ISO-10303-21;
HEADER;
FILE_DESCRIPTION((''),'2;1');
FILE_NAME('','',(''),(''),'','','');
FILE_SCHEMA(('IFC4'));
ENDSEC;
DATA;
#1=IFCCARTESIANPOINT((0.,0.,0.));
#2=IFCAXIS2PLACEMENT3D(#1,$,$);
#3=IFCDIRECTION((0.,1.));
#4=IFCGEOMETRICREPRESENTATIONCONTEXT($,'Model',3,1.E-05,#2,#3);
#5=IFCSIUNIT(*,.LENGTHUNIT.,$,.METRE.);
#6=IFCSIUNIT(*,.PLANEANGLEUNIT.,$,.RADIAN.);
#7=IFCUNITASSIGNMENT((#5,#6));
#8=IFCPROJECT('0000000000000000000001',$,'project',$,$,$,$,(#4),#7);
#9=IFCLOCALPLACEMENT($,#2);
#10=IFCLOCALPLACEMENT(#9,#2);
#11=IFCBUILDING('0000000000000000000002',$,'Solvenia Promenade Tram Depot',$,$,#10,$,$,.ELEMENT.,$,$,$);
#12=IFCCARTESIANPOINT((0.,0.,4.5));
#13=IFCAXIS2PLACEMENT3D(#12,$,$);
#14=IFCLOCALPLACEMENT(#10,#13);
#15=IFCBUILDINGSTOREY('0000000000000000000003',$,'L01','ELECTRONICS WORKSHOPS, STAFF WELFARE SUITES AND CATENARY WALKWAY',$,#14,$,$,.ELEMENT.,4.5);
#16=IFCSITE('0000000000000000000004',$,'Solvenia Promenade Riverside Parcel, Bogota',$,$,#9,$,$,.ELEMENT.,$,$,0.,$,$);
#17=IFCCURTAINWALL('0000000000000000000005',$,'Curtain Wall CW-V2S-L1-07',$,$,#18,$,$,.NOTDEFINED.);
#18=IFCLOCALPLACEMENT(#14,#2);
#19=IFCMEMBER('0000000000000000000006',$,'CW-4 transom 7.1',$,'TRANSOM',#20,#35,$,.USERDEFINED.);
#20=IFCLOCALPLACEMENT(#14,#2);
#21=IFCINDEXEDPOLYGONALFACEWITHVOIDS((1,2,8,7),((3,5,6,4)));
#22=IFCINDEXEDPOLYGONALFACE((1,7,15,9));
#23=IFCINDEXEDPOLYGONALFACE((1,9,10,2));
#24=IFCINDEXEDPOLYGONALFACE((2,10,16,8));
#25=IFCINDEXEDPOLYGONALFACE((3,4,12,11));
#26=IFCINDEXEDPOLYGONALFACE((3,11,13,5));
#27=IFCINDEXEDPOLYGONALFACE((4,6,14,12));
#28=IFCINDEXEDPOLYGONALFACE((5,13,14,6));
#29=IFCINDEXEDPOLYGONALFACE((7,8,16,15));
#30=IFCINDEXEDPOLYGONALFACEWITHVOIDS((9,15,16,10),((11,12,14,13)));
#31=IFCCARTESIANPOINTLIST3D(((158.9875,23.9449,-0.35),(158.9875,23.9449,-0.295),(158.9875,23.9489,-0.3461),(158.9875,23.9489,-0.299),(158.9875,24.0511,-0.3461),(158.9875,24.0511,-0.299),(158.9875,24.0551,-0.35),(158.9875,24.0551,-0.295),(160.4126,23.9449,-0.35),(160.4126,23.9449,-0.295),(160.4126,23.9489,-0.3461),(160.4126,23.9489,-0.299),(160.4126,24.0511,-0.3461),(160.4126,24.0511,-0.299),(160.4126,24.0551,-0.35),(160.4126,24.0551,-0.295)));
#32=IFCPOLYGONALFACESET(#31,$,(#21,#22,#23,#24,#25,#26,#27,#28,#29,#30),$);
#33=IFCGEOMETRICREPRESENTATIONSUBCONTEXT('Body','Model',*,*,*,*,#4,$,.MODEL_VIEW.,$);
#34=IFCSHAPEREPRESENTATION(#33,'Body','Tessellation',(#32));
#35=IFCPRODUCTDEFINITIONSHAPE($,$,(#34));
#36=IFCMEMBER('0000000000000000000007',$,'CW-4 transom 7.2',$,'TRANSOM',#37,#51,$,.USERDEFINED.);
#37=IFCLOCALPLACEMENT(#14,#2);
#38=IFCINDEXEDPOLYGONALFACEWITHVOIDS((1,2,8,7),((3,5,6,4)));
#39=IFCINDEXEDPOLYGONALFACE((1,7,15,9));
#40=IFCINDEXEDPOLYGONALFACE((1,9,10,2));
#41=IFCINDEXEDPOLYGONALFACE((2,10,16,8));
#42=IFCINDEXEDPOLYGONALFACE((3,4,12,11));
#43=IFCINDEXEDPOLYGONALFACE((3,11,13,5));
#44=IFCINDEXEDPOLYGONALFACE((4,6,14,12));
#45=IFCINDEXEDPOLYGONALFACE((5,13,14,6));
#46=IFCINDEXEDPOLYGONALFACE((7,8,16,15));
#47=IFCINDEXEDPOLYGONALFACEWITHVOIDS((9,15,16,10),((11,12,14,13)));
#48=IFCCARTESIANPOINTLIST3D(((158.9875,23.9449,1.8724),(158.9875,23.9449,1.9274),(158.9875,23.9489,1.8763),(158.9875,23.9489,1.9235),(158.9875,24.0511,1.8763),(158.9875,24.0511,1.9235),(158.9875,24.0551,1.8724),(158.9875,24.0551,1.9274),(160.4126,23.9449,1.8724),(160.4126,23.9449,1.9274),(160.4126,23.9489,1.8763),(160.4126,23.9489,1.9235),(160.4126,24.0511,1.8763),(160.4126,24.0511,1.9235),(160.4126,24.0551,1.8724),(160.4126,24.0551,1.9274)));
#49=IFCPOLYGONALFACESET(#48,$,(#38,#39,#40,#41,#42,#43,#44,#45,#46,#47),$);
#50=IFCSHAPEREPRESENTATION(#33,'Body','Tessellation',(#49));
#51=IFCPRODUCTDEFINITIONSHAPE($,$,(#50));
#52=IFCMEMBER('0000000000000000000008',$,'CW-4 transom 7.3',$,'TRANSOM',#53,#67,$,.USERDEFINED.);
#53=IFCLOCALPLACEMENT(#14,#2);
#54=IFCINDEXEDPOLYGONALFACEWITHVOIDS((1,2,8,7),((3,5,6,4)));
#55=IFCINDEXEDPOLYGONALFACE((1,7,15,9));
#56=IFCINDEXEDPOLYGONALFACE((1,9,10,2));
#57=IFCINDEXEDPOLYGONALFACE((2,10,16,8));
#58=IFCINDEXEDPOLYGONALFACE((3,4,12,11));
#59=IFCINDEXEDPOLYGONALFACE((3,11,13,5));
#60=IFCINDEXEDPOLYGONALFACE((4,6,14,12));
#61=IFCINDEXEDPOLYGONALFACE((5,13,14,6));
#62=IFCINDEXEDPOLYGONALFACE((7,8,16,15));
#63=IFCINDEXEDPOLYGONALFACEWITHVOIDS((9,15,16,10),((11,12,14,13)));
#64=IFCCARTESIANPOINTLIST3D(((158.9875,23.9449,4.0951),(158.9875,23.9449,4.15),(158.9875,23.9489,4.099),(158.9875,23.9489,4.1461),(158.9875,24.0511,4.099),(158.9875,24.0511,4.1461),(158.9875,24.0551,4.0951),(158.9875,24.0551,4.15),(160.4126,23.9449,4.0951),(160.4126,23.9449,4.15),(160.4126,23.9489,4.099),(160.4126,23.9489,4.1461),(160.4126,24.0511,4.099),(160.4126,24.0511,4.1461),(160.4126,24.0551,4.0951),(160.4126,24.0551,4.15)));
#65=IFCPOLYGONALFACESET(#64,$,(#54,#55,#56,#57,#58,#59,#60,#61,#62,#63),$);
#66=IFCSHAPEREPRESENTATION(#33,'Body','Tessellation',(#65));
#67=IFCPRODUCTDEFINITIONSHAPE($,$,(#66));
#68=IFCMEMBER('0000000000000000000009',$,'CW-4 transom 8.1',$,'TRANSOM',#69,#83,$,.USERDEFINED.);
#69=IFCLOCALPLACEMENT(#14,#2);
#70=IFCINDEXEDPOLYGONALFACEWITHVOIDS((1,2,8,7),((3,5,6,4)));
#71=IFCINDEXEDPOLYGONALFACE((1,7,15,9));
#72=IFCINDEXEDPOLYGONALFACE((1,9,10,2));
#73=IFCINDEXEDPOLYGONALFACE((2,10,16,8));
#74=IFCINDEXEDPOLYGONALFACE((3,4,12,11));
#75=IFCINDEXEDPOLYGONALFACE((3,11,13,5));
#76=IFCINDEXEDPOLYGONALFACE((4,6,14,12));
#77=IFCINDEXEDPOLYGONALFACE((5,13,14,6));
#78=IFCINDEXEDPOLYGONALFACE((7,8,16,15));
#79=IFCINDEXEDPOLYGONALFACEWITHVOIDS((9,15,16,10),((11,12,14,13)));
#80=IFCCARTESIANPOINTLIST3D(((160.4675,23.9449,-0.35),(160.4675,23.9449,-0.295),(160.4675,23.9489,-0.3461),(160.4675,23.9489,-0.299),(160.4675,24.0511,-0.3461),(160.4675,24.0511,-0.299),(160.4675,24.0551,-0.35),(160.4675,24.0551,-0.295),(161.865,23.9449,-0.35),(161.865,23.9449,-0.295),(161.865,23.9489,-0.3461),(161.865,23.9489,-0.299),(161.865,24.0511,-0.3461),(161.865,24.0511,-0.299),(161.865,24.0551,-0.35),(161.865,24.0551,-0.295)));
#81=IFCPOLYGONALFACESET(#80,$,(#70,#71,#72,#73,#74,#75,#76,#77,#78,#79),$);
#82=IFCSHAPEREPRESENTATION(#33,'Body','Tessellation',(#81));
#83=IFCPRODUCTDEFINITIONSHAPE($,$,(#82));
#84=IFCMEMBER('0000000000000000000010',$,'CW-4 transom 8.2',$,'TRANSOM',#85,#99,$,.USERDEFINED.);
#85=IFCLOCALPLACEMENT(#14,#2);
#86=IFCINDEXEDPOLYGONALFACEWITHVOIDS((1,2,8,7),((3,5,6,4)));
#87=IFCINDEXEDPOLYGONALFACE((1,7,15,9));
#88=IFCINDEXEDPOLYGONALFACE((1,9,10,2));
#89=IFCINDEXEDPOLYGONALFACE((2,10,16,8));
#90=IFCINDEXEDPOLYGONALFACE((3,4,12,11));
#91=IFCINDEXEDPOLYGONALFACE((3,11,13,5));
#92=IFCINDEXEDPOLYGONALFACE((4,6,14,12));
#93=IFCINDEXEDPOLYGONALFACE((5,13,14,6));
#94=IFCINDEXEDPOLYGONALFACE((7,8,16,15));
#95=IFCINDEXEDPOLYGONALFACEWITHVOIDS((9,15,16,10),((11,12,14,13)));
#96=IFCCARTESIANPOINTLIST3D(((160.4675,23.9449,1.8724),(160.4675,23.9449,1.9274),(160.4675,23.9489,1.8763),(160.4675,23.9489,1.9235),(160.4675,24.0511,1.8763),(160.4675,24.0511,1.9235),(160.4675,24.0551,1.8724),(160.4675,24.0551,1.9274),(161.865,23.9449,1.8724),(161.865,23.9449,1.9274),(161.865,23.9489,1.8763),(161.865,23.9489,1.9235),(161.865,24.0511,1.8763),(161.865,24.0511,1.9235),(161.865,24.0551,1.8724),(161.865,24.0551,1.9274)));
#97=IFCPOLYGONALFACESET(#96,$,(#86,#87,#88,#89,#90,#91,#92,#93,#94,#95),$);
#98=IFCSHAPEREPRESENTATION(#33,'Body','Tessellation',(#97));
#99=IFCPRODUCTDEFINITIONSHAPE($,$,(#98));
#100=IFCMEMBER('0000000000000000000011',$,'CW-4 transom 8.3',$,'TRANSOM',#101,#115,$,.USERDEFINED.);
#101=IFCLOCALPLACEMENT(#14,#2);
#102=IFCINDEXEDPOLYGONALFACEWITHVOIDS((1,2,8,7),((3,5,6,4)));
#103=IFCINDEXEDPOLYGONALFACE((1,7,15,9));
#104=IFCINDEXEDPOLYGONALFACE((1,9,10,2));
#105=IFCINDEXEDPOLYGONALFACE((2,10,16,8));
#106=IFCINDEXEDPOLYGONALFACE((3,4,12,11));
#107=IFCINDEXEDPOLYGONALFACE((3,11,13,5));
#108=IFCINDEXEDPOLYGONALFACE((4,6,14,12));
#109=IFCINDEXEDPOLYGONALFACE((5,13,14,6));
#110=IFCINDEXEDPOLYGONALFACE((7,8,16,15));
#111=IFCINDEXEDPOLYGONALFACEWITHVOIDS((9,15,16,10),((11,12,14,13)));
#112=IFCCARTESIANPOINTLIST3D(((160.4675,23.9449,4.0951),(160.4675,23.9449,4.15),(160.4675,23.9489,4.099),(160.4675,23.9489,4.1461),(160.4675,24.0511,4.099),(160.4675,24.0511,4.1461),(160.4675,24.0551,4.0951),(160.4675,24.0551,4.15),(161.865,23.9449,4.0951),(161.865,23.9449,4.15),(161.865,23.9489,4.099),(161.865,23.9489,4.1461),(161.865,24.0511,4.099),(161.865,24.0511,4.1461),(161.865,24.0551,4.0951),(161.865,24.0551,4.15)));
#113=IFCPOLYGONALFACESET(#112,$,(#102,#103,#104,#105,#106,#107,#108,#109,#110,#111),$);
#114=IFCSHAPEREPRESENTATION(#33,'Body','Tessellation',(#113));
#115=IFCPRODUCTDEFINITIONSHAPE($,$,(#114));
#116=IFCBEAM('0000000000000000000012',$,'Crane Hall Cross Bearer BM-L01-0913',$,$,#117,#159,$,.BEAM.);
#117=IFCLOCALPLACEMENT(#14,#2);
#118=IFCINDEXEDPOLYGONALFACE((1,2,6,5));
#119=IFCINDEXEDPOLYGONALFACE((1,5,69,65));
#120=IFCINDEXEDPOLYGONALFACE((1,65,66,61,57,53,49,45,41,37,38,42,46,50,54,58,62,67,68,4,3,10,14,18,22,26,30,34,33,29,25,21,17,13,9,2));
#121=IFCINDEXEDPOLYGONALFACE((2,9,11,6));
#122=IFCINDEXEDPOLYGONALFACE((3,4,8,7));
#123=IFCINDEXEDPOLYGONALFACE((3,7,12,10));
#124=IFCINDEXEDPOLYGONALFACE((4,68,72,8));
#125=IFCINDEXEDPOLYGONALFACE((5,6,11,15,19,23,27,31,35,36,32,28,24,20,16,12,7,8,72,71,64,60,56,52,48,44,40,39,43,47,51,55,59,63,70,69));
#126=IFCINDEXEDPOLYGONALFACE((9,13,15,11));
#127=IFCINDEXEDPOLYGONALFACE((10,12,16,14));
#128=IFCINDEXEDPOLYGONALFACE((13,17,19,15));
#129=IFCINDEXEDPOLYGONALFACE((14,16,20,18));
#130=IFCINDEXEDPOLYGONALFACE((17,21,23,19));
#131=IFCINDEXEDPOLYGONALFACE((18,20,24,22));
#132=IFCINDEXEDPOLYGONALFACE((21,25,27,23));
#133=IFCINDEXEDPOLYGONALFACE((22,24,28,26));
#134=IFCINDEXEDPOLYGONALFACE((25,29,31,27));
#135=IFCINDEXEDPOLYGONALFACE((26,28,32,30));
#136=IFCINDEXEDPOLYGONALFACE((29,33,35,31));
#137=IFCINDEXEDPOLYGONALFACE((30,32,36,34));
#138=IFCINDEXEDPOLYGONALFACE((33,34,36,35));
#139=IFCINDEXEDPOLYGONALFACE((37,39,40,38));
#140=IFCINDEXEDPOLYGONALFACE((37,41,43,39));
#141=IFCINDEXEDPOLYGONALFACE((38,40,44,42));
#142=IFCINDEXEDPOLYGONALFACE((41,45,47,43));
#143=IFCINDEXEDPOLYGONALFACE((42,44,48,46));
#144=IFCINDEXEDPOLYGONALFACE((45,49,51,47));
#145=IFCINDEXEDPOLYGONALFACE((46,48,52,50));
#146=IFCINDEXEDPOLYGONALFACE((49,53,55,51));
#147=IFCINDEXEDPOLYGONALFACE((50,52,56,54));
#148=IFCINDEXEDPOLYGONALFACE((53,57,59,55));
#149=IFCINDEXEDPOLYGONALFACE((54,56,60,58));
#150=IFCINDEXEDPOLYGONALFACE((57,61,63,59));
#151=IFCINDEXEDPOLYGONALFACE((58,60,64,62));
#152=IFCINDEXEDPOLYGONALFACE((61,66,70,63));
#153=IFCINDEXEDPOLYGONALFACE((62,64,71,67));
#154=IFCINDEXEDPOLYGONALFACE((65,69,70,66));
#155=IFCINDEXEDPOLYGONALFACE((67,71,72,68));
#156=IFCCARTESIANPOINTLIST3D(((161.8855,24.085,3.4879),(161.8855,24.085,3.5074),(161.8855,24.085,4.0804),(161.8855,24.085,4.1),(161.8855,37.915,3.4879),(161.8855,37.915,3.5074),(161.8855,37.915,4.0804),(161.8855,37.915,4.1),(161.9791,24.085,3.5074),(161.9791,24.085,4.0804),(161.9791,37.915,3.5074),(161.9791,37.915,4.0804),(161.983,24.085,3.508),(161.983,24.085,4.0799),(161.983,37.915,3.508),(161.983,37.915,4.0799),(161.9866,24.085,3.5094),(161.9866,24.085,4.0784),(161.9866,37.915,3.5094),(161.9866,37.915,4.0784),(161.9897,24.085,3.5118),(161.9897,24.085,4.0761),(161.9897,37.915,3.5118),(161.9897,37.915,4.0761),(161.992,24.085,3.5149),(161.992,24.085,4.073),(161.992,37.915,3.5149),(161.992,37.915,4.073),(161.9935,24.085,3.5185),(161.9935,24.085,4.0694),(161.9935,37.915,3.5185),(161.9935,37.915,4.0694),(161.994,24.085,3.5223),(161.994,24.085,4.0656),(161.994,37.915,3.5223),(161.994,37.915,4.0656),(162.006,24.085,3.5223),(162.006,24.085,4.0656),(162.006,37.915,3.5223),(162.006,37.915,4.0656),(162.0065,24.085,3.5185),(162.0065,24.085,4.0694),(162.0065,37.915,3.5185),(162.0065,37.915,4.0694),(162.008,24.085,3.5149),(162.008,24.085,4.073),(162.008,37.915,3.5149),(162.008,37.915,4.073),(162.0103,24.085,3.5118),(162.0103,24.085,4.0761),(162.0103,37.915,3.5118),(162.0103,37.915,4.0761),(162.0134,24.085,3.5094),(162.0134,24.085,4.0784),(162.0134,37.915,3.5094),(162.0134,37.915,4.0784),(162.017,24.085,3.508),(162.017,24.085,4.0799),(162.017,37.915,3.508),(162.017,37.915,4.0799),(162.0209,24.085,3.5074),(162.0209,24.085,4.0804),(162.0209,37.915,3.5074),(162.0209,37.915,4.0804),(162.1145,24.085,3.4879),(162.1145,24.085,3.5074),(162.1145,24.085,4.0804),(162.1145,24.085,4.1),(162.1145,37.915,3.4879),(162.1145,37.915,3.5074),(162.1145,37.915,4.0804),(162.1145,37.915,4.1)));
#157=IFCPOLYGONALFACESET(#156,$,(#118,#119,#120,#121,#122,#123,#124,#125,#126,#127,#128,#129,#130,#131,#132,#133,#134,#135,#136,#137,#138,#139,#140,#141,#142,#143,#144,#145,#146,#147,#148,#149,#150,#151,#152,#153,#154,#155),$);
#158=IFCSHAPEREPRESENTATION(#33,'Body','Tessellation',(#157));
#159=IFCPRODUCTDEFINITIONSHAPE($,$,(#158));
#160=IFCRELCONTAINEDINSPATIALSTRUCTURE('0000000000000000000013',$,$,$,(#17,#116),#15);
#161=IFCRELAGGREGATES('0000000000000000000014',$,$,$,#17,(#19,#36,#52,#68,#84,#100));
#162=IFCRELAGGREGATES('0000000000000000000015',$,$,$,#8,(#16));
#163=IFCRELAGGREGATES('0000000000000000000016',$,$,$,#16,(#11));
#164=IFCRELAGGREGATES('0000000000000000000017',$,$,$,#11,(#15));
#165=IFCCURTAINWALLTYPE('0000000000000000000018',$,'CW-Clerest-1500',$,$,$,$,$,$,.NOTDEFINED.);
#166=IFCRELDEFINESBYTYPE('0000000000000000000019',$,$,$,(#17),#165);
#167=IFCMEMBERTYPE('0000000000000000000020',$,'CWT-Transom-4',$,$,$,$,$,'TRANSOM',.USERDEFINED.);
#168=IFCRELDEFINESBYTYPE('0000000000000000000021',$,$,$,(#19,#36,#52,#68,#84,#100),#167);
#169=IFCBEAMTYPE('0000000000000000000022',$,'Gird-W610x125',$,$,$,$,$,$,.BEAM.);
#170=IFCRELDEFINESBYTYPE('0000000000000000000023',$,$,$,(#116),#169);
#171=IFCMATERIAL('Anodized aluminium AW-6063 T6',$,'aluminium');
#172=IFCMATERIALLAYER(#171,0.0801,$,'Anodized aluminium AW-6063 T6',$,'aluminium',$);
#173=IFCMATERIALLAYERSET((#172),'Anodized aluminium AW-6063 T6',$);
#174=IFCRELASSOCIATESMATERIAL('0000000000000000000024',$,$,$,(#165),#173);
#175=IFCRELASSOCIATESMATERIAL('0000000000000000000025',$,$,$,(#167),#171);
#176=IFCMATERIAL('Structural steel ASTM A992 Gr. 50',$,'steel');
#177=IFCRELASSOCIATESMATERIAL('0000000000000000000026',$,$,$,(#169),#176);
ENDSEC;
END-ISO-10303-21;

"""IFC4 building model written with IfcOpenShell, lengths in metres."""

from ifc_helpers import new_model, si_unit, direction, frame, origin, origin_2d, place, context, subcontext, project, spatial, hollow_rectangle, i_section, extrude, material, layer, layer_set, material_profile, profile_set, type_object, element, aggregate, save


model = new_model("IFC4")

# Units and contexts
model_context = context("Model", 3, precision=1e-05, world=origin(), true_north=direction((0.0, 1.0)))
body_context = subcontext(model_context, "Body", "Model", "MODEL_VIEW")
ifc_project = project(units=[si_unit("LENGTHUNIT", "METRE"), si_unit("PLANEANGLEUNIT", "RADIAN")], contexts=[model_context])

# Site, building, storey
site_placement = place(None, origin())
site = spatial("IfcSite", under=ifc_project, at=site_placement, Name="Solvenia Promenade Riverside Parcel, Bogota", CompositionType="ELEMENT", RefElevation=0.0)
building_placement = place(site_placement, origin())
building = spatial("IfcBuilding", under=site, at=building_placement, Name="Solvenia Promenade Tram Depot", CompositionType="ELEMENT")
storey_placement = place(building_placement, frame((0.0, 0.0, 4.5)))
storey = spatial("IfcBuildingStorey", under=building, at=storey_placement, Name="L01", Description="ELECTRONICS WORKSHOPS, STAFF WELFARE SUITES AND CATENARY WALKWAY", CompositionType="ELEMENT", Elevation=4.5)

# Shared definitions
ifc_material_1 = material(Name="Structural steel ASTM A992 Gr. 50", Category="steel")

# Curtain wall, members
ifc_material_2 = material(Name="Anodized aluminium AW-6063 T6", Category="aluminium")
ifc_layer_1 = layer(ifc_material_2, 0.0801, Name="Anodized aluminium AW-6063 T6", Category="aluminium")
ifc_layer_set_1 = layer_set([ifc_layer_1], Name="Anodized aluminium AW-6063 T6")
curtain_wall_type = type_object("IfcCurtainWallType", Name="CW-Clerest-1500", PredefinedType="NOTDEFINED", material=ifc_layer_set_1)
curtain_wall_placement = place(storey_placement, origin())
curtain_wall = element("IfcCurtainWall", 1, at=curtain_wall_placement, inside=storey, type_object=curtain_wall_type, Name="Curtain Wall CW-V2S-L1-07", PredefinedType="NOTDEFINED")
ifc_material_profile_1 = material_profile(ifc_material_2, hollow_rectangle(XDim=0.1101, YDim=0.0549, WallThickness=0.0039, at=origin_2d()), Name="ALU-T4", Category="aluminium")
ifc_profile_set_1 = profile_set([ifc_material_profile_1], Name="Anodized aluminium AW-6063 T6")
member_type_1 = type_object("IfcMemberType", Name="CWT-Transom-4", ElementType="TRANSOM", PredefinedType="USERDEFINED", material=ifc_profile_set_1)
member_1_placement = place(storey_placement, frame((158.9875, 24.0, -0.3225), z_axis=(1.0, 0.0, 0.0), x_axis=(0.0, 1.0, 0.0)))
member_1 = element("IfcMember", 2, at=member_1_placement, type_object=member_type_1, Name="CW-4 transom 7.1", ObjectType="TRANSOM", PredefinedType="USERDEFINED", context=body_context, shape_type="SweptSolid", body=[
    extrude(hollow_rectangle(XDim=0.1101, YDim=0.0549, WallThickness=0.0039, at=origin_2d()), origin(), (0.0, 0.0, 1.0), 1.425),
])
member_2_placement = place(storey_placement, frame((158.9875, 24.0, 1.8999), z_axis=(1.0, 0.0, 0.0), x_axis=(0.0, 1.0, 0.0)))
member_2 = element("IfcMember", 3, at=member_2_placement, type_object=member_type_1, Name="CW-4 transom 7.2", ObjectType="TRANSOM", PredefinedType="USERDEFINED", context=body_context, shape_type="SweptSolid", body=[
    extrude(hollow_rectangle(XDim=0.1101, YDim=0.0549, WallThickness=0.0039, at=origin_2d()), origin(), (0.0, 0.0, 1.0), 1.425),
])
member_3_placement = place(storey_placement, frame((158.9875, 24.0, 4.1226), z_axis=(1.0, 0.0, 0.0), x_axis=(0.0, 1.0, 0.0)))
member_3 = element("IfcMember", 4, at=member_3_placement, type_object=member_type_1, Name="CW-4 transom 7.3", ObjectType="TRANSOM", PredefinedType="USERDEFINED", context=body_context, shape_type="SweptSolid", body=[
    extrude(hollow_rectangle(XDim=0.1101, YDim=0.0549, WallThickness=0.0039, at=origin_2d()), origin(), (0.0, 0.0, 1.0), 1.425),
])
member_4_placement = place(storey_placement, frame((160.4675, 24.0, -0.3225), z_axis=(1.0, 0.0, 0.0), x_axis=(0.0, 1.0, 0.0)))
member_4 = element("IfcMember", 5, at=member_4_placement, type_object=member_type_1, Name="CW-4 transom 8.1", ObjectType="TRANSOM", PredefinedType="USERDEFINED", context=body_context, shape_type="SweptSolid", body=[
    extrude(hollow_rectangle(XDim=0.1101, YDim=0.0549, WallThickness=0.0039, at=origin_2d()), origin(), (0.0, 0.0, 1.0), 1.3975),
])
member_5_placement = place(storey_placement, frame((160.4675, 24.0, 1.8999), z_axis=(1.0, 0.0, 0.0), x_axis=(0.0, 1.0, 0.0)))
member_5 = element("IfcMember", 6, at=member_5_placement, type_object=member_type_1, Name="CW-4 transom 8.2", ObjectType="TRANSOM", PredefinedType="USERDEFINED", context=body_context, shape_type="SweptSolid", body=[
    extrude(hollow_rectangle(XDim=0.1101, YDim=0.0549, WallThickness=0.0039, at=origin_2d()), origin(), (0.0, 0.0, 1.0), 1.3975),
])
member_6_placement = place(storey_placement, frame((160.4675, 24.0, 4.1226), z_axis=(1.0, 0.0, 0.0), x_axis=(0.0, 1.0, 0.0)))
member_6 = element("IfcMember", 7, at=member_6_placement, type_object=member_type_1, Name="CW-4 transom 8.3", ObjectType="TRANSOM", PredefinedType="USERDEFINED", context=body_context, shape_type="SweptSolid", body=[
    extrude(hollow_rectangle(XDim=0.1101, YDim=0.0549, WallThickness=0.0039, at=origin_2d()), origin(), (0.0, 0.0, 1.0), 1.3975),
])

# Beam
ifc_material_profile_2 = material_profile(ifc_material_1, i_section(OverallWidth=0.229, OverallDepth=0.6121, WebThickness=0.012, FlangeThickness=0.0195, FilletRadius=0.0149, at=origin_2d()), Name="W610x125", Category="steel")
ifc_profile_set_2 = profile_set([ifc_material_profile_2], Name="Structural steel ASTM A992 Gr. 50")
beam_type_1 = type_object("IfcBeamType", Name="Gird-W610x125", PredefinedType="BEAM", material=ifc_profile_set_2)
beam_1_placement = place(storey_placement, frame((162.0, 24.085, 3.7939), z_axis=(0.0, 1.0, 0.0), x_axis=(-1.0, 0.0, 0.0)))
element("IfcBeam", 8, at=beam_1_placement, inside=storey, type_object=beam_type_1, Name="Crane Hall Cross Bearer BM-L01-0913", PredefinedType="BEAM", context=body_context, shape_type="SweptSolid", body=[
    extrude(i_section(OverallWidth=0.229, OverallDepth=0.6121, WebThickness=0.012, FlangeThickness=0.0195, FilletRadius=0.0149, at=origin_2d()), origin(), (0.0, 0.0, 1.0), 13.8301),
])

aggregate(curtain_wall, [member_1, member_2, member_3, member_4, member_5, member_6])

save(model, "model.ifc")
